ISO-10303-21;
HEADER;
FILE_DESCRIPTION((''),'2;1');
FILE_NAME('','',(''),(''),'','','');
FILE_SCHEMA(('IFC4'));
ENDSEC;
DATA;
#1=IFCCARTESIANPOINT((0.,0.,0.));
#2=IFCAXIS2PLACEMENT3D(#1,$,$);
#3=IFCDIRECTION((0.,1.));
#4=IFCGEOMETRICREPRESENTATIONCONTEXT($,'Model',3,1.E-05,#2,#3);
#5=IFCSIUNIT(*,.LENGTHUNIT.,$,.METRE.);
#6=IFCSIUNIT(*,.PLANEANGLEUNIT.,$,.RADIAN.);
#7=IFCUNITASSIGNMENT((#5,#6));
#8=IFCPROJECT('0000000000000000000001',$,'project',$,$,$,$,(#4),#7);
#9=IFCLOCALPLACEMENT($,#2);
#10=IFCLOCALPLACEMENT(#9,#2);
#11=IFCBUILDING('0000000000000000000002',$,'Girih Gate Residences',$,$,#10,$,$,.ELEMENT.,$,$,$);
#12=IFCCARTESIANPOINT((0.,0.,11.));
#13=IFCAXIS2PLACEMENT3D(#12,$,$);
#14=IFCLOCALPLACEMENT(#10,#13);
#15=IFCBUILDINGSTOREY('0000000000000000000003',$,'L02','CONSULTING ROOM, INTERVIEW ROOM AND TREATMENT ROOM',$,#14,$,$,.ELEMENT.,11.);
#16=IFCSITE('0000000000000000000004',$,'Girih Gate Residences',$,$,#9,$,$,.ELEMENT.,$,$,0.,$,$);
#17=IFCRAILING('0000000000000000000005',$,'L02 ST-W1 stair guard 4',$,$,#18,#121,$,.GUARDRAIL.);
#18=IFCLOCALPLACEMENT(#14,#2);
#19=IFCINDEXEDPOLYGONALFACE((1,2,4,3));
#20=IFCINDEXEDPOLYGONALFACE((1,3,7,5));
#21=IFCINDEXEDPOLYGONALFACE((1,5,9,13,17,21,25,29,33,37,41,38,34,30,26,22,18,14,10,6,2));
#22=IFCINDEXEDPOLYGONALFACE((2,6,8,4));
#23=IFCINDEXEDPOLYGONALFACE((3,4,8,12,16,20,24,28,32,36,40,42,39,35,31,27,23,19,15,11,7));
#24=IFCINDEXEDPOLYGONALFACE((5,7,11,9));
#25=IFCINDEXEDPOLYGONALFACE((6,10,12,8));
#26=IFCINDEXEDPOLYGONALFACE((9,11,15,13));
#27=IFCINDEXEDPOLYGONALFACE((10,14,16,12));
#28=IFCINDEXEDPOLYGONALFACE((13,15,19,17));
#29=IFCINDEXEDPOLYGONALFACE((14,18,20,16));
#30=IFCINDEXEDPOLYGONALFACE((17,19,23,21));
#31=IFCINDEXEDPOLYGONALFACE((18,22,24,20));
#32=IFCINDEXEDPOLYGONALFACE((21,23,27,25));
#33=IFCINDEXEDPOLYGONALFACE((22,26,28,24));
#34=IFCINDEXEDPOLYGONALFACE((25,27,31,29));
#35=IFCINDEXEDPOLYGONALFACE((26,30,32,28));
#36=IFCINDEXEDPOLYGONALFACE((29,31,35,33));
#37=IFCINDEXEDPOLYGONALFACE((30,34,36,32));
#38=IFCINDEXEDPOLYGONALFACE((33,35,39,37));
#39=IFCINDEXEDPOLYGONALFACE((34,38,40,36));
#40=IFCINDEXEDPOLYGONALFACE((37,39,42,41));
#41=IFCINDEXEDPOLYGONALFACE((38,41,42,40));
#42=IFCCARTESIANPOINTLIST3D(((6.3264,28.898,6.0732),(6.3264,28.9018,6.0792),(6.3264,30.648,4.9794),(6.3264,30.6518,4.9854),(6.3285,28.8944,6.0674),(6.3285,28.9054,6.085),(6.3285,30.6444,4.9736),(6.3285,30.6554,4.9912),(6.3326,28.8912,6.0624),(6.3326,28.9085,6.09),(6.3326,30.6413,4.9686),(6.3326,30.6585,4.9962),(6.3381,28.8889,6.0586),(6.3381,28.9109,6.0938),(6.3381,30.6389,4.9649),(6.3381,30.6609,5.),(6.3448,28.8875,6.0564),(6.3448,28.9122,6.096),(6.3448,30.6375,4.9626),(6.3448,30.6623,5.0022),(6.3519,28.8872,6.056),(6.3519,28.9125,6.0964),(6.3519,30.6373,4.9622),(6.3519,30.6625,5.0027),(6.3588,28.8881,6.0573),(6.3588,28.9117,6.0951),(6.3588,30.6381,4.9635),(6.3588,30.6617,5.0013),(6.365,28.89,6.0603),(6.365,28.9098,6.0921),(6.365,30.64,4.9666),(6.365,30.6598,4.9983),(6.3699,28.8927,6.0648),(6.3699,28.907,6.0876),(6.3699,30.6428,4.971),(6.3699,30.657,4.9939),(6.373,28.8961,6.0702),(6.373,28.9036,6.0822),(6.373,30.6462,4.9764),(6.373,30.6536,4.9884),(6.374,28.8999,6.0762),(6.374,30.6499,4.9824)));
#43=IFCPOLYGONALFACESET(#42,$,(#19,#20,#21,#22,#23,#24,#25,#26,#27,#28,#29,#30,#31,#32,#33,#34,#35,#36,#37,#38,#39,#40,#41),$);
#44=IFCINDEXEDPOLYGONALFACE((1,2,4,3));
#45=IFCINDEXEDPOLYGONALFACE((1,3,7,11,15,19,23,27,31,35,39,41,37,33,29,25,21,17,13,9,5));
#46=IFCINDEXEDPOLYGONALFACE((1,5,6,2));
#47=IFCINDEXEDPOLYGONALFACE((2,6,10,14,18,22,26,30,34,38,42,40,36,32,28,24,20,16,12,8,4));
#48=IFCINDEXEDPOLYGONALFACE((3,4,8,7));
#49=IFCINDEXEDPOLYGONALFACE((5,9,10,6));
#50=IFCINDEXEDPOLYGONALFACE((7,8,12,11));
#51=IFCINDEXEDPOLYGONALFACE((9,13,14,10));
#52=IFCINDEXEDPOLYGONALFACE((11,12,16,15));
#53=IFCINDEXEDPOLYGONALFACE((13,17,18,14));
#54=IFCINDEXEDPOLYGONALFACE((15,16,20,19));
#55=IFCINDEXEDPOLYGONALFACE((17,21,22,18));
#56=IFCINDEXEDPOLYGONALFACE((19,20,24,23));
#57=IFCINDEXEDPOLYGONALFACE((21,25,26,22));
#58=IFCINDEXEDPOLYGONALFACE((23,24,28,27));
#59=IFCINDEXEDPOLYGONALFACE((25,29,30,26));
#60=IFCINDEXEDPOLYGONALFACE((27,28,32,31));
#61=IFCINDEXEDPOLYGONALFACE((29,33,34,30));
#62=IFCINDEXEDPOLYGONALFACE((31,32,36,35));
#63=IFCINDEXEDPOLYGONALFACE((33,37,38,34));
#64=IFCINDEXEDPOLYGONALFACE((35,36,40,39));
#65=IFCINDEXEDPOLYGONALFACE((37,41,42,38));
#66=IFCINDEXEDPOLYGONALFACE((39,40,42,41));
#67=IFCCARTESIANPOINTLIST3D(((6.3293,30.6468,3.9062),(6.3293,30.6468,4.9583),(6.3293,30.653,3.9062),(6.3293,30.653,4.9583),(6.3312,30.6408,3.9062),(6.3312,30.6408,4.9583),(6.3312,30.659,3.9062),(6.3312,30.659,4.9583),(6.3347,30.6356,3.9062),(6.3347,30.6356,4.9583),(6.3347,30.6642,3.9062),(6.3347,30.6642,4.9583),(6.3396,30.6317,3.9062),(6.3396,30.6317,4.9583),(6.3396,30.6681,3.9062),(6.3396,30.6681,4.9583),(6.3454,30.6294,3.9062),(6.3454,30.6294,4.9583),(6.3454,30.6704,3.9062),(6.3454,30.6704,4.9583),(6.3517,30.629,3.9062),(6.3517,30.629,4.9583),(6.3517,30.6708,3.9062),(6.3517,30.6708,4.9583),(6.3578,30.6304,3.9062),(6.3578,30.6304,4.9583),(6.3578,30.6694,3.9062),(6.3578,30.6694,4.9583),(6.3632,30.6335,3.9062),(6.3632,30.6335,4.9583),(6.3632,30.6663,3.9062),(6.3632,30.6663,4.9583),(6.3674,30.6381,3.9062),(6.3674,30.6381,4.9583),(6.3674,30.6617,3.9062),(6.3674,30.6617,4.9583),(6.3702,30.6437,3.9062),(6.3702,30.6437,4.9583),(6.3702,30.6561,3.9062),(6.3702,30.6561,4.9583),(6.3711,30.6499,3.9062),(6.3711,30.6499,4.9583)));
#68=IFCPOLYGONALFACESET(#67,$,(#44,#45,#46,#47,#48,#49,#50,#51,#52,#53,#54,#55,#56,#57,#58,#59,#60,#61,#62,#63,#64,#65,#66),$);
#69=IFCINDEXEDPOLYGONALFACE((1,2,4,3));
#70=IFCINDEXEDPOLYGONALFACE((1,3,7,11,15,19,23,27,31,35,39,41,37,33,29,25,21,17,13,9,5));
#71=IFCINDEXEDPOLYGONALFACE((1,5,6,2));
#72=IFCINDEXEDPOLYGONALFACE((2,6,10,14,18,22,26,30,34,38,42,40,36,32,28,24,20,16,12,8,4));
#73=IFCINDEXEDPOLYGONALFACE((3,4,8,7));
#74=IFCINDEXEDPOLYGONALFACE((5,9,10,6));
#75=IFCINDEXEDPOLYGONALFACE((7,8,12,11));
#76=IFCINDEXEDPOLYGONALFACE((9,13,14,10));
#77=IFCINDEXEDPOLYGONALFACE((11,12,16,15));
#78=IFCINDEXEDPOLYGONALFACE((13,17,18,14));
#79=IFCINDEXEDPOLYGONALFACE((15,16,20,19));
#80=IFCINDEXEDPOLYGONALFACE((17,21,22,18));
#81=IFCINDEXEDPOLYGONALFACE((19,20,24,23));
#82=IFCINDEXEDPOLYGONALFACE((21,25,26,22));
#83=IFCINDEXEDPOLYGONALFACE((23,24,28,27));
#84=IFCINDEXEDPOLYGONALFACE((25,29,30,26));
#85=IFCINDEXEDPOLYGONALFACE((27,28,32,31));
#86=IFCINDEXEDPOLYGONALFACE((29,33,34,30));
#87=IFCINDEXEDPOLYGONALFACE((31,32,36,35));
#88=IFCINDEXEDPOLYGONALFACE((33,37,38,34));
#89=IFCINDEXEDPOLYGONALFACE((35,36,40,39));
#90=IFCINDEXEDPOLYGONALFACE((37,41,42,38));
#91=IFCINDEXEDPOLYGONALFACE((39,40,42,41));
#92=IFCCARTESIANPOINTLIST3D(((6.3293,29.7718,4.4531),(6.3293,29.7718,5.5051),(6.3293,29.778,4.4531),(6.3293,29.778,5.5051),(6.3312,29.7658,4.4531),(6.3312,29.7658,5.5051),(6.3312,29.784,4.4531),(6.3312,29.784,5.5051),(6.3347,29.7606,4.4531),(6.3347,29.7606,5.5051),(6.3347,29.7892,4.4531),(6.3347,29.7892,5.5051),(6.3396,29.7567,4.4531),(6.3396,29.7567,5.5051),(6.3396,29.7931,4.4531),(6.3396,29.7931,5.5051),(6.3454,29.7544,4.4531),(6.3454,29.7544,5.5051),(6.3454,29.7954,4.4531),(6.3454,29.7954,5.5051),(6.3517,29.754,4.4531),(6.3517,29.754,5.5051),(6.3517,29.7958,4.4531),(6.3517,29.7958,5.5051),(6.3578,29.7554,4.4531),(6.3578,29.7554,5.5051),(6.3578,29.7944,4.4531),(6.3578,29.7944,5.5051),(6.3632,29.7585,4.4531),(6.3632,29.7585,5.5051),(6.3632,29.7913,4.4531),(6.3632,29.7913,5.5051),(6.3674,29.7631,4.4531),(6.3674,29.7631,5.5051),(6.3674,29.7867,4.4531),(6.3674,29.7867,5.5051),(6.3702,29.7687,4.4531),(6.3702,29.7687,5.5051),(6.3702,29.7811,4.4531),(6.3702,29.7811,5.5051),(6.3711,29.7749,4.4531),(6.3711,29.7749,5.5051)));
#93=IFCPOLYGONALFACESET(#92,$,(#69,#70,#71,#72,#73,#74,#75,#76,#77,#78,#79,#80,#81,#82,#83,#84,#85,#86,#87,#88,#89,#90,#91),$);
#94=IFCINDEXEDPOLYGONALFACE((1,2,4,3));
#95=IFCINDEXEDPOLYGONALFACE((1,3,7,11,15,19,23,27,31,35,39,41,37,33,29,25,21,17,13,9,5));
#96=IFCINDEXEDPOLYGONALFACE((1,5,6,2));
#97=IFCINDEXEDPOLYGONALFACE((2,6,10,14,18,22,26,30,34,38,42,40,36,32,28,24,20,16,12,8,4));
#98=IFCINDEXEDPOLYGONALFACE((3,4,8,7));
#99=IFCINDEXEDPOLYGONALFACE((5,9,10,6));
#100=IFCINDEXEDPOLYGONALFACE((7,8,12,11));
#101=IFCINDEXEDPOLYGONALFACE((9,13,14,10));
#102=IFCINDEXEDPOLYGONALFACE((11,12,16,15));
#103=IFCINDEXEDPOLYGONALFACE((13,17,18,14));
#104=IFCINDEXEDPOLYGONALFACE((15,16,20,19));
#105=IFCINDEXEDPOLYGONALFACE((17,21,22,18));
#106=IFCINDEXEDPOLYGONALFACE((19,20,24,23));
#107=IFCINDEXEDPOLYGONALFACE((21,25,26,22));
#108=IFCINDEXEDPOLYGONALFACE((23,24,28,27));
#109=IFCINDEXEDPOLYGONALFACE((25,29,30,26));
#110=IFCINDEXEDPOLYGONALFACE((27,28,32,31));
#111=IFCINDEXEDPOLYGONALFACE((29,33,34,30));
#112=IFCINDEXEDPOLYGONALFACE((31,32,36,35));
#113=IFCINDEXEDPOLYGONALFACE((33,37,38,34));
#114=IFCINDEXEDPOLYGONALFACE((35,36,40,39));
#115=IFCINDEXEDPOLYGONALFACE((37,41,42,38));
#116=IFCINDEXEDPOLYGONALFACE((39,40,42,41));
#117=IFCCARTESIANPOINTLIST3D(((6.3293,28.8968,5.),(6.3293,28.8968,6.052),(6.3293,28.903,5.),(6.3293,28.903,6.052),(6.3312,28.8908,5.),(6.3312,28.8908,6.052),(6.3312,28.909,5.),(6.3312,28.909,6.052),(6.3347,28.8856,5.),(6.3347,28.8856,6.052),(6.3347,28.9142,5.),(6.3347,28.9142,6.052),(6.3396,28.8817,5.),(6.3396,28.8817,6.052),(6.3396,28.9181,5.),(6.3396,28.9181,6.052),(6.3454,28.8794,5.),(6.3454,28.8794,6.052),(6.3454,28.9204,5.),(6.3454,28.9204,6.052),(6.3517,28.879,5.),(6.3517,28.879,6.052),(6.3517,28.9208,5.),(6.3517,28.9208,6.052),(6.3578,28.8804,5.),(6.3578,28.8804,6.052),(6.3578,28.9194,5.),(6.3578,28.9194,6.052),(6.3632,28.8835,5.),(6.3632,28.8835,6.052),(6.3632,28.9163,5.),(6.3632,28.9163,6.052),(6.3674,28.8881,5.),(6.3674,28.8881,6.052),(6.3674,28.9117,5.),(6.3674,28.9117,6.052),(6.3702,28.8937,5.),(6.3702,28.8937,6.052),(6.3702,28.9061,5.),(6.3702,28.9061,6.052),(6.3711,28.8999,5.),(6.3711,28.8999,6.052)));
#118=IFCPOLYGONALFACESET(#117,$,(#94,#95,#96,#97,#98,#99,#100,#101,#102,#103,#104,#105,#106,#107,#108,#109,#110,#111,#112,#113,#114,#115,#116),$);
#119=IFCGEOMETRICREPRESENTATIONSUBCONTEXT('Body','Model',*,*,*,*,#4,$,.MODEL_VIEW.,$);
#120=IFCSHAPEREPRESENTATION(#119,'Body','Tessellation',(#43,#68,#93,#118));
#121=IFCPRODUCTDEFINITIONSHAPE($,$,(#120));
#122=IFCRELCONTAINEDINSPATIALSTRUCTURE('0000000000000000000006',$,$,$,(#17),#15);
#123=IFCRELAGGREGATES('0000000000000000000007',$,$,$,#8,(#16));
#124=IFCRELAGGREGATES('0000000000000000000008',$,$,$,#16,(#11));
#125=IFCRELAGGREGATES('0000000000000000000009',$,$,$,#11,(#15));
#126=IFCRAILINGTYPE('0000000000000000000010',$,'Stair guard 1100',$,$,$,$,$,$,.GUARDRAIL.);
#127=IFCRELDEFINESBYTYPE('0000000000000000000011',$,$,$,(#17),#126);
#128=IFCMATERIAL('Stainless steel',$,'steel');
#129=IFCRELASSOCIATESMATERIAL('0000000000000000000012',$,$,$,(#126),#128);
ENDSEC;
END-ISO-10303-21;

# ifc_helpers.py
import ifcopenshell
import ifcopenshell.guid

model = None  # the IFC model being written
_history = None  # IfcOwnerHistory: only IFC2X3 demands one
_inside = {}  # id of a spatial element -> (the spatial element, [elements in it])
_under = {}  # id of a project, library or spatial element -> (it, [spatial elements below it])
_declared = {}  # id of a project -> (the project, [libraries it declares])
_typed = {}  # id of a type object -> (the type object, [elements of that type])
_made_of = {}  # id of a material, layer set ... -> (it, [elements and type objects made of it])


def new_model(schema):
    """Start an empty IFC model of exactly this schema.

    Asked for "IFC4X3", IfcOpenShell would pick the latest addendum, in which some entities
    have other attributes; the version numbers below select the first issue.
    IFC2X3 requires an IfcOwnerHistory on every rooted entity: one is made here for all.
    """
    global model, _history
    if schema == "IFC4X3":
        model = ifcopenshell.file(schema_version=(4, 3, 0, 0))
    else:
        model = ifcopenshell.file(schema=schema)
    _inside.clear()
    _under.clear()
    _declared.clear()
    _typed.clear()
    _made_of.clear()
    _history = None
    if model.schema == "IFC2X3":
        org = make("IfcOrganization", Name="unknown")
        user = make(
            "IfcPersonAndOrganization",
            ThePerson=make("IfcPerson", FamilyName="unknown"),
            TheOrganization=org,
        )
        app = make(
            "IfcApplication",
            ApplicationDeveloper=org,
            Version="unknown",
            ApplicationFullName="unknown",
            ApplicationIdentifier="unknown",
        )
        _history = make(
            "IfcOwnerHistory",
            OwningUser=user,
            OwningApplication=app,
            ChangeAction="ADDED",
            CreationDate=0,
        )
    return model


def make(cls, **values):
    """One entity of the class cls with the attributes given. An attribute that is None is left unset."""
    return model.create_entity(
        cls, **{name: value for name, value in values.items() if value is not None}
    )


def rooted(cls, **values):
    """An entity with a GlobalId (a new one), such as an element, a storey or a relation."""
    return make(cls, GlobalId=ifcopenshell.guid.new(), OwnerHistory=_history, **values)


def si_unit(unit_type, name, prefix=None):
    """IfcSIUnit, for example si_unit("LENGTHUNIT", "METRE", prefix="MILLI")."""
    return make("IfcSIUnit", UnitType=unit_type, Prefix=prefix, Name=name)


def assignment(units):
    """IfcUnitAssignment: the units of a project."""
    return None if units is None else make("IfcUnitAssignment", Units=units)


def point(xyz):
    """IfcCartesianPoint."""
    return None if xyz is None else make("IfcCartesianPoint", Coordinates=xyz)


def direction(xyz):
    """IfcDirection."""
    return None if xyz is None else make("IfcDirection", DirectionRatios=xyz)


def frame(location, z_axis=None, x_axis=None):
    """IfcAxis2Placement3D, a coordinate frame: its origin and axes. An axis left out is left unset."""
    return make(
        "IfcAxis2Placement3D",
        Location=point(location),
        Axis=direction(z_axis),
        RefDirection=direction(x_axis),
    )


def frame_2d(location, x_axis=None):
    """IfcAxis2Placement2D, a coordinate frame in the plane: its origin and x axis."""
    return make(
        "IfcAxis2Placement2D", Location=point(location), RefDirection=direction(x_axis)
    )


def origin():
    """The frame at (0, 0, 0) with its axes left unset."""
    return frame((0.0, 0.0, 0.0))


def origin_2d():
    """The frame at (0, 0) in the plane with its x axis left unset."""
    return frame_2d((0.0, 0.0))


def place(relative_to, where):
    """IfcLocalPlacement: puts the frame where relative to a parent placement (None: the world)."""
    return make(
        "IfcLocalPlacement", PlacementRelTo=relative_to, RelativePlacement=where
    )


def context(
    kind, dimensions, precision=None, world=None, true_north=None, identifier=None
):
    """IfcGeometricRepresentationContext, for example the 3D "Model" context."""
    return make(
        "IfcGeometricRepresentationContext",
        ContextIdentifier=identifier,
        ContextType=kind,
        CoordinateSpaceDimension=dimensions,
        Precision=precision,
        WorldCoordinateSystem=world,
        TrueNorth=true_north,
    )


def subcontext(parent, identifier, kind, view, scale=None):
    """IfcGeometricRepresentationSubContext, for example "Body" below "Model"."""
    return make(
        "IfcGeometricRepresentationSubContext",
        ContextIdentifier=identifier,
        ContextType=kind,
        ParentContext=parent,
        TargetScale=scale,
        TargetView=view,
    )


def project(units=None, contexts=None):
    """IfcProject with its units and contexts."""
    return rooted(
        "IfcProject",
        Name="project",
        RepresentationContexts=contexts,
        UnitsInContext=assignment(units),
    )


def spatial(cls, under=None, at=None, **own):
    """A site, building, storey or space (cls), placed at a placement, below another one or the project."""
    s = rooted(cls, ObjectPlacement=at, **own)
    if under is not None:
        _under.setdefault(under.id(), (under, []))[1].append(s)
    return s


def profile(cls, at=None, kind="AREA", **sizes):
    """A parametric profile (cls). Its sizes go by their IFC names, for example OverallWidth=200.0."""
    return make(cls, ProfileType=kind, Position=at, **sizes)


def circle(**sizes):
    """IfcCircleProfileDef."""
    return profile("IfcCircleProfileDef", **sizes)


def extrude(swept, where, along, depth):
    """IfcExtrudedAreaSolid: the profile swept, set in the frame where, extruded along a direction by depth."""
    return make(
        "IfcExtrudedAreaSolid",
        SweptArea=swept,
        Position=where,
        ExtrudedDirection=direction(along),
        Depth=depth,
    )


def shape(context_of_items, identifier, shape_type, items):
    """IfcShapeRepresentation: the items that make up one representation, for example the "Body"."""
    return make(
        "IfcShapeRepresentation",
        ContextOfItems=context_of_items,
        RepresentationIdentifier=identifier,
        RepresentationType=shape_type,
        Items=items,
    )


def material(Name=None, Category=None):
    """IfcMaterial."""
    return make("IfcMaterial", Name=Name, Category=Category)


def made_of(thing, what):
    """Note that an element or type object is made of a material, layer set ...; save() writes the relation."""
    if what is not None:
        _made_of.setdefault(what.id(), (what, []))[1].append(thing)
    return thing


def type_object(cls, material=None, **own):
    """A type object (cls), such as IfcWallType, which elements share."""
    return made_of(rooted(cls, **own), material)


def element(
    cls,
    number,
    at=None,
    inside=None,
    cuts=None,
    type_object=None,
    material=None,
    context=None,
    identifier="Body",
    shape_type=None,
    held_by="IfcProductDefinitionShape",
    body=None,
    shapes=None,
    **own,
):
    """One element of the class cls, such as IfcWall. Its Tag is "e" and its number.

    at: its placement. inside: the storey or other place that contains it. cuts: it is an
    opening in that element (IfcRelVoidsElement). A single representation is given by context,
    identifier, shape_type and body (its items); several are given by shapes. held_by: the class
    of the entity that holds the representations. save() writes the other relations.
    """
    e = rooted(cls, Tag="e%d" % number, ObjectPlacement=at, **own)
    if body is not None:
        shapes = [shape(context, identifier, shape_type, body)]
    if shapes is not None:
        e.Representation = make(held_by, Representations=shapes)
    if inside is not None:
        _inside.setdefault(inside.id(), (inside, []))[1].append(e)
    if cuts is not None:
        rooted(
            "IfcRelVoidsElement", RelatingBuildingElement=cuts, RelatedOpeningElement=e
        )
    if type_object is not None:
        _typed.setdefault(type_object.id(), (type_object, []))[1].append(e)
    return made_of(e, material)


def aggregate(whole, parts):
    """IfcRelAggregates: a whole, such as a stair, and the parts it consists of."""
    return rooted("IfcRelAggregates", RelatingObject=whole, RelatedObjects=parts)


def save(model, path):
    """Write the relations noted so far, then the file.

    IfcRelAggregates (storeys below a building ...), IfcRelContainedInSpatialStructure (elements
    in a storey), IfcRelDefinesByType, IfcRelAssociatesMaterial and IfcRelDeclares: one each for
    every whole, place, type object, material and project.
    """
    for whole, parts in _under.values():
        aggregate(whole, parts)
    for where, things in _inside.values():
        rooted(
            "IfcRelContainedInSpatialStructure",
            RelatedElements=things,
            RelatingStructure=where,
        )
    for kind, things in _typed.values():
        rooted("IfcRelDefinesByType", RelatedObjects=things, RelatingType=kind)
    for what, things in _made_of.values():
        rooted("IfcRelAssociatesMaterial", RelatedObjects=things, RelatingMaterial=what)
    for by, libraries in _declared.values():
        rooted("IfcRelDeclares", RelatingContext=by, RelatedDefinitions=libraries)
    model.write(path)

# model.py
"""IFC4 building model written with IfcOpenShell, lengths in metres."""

from ifc_helpers import new_model, si_unit, direction, frame, origin, origin_2d, place, context, subcontext, project, spatial, circle, extrude, material, type_object, element, save


model = new_model("IFC4")

# Units and contexts
model_context = context("Model", 3, precision=1e-05, world=origin(), true_north=direction((0.0, 1.0)))
body_context = subcontext(model_context, "Body", "Model", "MODEL_VIEW")
ifc_project = project(units=[si_unit("LENGTHUNIT", "METRE"), si_unit("PLANEANGLEUNIT", "RADIAN")], contexts=[model_context])

# Site, building, storey
site_placement = place(None, origin())
site = spatial("IfcSite", under=ifc_project, at=site_placement, Name="Girih Gate Residences", CompositionType="ELEMENT", RefElevation=0.0)
building_placement = place(site_placement, origin())
building = spatial("IfcBuilding", under=site, at=building_placement, Name="Girih Gate Residences", CompositionType="ELEMENT")
storey_placement = place(building_placement, frame((0.0, 0.0, 11.0)))
storey = spatial("IfcBuildingStorey", under=building, at=storey_placement, Name="L02", Description="CONSULTING ROOM, INTERVIEW ROOM AND TREATMENT ROOM", CompositionType="ELEMENT", Elevation=11.0)

# Railing
ifc_material_1 = material(Name="Stainless steel", Category="steel")
railing_type_1 = type_object("IfcRailingType", Name="Stair guard 1100", PredefinedType="GUARDRAIL", material=ifc_material_1)
railing_1_placement = place(storey_placement, frame((6.3501, 30.6499, 3.9062)))
element("IfcRailing", 1, at=railing_1_placement, inside=storey, type_object=railing_type_1, Name="L02 ST-W1 stair guard 4", PredefinedType="GUARDRAIL", context=body_context, shape_type="SweptSolid", body=[
    extrude(circle(Radius=0.0239, at=origin_2d()), frame((0.0, 0.0, 1.0762), z_axis=(0.0, -0.847998, 0.529999), x_axis=(1.0, 0.0, 0.0)), (0.0, 0.0, 1.0), 2.0637),
    extrude(circle(Radius=0.021, at=origin_2d()), origin(), (0.0, 0.0, 1.0), 1.052),
    extrude(circle(Radius=0.021, at=origin_2d()), frame((0.0, -0.875, 0.5469)), (0.0, 0.0, 1.0), 1.052),
    extrude(circle(Radius=0.021, at=origin_2d()), frame((0.0, -1.75, 1.0938)), (0.0, 0.0, 1.0), 1.052),
])

save(model, "model.ifc")
